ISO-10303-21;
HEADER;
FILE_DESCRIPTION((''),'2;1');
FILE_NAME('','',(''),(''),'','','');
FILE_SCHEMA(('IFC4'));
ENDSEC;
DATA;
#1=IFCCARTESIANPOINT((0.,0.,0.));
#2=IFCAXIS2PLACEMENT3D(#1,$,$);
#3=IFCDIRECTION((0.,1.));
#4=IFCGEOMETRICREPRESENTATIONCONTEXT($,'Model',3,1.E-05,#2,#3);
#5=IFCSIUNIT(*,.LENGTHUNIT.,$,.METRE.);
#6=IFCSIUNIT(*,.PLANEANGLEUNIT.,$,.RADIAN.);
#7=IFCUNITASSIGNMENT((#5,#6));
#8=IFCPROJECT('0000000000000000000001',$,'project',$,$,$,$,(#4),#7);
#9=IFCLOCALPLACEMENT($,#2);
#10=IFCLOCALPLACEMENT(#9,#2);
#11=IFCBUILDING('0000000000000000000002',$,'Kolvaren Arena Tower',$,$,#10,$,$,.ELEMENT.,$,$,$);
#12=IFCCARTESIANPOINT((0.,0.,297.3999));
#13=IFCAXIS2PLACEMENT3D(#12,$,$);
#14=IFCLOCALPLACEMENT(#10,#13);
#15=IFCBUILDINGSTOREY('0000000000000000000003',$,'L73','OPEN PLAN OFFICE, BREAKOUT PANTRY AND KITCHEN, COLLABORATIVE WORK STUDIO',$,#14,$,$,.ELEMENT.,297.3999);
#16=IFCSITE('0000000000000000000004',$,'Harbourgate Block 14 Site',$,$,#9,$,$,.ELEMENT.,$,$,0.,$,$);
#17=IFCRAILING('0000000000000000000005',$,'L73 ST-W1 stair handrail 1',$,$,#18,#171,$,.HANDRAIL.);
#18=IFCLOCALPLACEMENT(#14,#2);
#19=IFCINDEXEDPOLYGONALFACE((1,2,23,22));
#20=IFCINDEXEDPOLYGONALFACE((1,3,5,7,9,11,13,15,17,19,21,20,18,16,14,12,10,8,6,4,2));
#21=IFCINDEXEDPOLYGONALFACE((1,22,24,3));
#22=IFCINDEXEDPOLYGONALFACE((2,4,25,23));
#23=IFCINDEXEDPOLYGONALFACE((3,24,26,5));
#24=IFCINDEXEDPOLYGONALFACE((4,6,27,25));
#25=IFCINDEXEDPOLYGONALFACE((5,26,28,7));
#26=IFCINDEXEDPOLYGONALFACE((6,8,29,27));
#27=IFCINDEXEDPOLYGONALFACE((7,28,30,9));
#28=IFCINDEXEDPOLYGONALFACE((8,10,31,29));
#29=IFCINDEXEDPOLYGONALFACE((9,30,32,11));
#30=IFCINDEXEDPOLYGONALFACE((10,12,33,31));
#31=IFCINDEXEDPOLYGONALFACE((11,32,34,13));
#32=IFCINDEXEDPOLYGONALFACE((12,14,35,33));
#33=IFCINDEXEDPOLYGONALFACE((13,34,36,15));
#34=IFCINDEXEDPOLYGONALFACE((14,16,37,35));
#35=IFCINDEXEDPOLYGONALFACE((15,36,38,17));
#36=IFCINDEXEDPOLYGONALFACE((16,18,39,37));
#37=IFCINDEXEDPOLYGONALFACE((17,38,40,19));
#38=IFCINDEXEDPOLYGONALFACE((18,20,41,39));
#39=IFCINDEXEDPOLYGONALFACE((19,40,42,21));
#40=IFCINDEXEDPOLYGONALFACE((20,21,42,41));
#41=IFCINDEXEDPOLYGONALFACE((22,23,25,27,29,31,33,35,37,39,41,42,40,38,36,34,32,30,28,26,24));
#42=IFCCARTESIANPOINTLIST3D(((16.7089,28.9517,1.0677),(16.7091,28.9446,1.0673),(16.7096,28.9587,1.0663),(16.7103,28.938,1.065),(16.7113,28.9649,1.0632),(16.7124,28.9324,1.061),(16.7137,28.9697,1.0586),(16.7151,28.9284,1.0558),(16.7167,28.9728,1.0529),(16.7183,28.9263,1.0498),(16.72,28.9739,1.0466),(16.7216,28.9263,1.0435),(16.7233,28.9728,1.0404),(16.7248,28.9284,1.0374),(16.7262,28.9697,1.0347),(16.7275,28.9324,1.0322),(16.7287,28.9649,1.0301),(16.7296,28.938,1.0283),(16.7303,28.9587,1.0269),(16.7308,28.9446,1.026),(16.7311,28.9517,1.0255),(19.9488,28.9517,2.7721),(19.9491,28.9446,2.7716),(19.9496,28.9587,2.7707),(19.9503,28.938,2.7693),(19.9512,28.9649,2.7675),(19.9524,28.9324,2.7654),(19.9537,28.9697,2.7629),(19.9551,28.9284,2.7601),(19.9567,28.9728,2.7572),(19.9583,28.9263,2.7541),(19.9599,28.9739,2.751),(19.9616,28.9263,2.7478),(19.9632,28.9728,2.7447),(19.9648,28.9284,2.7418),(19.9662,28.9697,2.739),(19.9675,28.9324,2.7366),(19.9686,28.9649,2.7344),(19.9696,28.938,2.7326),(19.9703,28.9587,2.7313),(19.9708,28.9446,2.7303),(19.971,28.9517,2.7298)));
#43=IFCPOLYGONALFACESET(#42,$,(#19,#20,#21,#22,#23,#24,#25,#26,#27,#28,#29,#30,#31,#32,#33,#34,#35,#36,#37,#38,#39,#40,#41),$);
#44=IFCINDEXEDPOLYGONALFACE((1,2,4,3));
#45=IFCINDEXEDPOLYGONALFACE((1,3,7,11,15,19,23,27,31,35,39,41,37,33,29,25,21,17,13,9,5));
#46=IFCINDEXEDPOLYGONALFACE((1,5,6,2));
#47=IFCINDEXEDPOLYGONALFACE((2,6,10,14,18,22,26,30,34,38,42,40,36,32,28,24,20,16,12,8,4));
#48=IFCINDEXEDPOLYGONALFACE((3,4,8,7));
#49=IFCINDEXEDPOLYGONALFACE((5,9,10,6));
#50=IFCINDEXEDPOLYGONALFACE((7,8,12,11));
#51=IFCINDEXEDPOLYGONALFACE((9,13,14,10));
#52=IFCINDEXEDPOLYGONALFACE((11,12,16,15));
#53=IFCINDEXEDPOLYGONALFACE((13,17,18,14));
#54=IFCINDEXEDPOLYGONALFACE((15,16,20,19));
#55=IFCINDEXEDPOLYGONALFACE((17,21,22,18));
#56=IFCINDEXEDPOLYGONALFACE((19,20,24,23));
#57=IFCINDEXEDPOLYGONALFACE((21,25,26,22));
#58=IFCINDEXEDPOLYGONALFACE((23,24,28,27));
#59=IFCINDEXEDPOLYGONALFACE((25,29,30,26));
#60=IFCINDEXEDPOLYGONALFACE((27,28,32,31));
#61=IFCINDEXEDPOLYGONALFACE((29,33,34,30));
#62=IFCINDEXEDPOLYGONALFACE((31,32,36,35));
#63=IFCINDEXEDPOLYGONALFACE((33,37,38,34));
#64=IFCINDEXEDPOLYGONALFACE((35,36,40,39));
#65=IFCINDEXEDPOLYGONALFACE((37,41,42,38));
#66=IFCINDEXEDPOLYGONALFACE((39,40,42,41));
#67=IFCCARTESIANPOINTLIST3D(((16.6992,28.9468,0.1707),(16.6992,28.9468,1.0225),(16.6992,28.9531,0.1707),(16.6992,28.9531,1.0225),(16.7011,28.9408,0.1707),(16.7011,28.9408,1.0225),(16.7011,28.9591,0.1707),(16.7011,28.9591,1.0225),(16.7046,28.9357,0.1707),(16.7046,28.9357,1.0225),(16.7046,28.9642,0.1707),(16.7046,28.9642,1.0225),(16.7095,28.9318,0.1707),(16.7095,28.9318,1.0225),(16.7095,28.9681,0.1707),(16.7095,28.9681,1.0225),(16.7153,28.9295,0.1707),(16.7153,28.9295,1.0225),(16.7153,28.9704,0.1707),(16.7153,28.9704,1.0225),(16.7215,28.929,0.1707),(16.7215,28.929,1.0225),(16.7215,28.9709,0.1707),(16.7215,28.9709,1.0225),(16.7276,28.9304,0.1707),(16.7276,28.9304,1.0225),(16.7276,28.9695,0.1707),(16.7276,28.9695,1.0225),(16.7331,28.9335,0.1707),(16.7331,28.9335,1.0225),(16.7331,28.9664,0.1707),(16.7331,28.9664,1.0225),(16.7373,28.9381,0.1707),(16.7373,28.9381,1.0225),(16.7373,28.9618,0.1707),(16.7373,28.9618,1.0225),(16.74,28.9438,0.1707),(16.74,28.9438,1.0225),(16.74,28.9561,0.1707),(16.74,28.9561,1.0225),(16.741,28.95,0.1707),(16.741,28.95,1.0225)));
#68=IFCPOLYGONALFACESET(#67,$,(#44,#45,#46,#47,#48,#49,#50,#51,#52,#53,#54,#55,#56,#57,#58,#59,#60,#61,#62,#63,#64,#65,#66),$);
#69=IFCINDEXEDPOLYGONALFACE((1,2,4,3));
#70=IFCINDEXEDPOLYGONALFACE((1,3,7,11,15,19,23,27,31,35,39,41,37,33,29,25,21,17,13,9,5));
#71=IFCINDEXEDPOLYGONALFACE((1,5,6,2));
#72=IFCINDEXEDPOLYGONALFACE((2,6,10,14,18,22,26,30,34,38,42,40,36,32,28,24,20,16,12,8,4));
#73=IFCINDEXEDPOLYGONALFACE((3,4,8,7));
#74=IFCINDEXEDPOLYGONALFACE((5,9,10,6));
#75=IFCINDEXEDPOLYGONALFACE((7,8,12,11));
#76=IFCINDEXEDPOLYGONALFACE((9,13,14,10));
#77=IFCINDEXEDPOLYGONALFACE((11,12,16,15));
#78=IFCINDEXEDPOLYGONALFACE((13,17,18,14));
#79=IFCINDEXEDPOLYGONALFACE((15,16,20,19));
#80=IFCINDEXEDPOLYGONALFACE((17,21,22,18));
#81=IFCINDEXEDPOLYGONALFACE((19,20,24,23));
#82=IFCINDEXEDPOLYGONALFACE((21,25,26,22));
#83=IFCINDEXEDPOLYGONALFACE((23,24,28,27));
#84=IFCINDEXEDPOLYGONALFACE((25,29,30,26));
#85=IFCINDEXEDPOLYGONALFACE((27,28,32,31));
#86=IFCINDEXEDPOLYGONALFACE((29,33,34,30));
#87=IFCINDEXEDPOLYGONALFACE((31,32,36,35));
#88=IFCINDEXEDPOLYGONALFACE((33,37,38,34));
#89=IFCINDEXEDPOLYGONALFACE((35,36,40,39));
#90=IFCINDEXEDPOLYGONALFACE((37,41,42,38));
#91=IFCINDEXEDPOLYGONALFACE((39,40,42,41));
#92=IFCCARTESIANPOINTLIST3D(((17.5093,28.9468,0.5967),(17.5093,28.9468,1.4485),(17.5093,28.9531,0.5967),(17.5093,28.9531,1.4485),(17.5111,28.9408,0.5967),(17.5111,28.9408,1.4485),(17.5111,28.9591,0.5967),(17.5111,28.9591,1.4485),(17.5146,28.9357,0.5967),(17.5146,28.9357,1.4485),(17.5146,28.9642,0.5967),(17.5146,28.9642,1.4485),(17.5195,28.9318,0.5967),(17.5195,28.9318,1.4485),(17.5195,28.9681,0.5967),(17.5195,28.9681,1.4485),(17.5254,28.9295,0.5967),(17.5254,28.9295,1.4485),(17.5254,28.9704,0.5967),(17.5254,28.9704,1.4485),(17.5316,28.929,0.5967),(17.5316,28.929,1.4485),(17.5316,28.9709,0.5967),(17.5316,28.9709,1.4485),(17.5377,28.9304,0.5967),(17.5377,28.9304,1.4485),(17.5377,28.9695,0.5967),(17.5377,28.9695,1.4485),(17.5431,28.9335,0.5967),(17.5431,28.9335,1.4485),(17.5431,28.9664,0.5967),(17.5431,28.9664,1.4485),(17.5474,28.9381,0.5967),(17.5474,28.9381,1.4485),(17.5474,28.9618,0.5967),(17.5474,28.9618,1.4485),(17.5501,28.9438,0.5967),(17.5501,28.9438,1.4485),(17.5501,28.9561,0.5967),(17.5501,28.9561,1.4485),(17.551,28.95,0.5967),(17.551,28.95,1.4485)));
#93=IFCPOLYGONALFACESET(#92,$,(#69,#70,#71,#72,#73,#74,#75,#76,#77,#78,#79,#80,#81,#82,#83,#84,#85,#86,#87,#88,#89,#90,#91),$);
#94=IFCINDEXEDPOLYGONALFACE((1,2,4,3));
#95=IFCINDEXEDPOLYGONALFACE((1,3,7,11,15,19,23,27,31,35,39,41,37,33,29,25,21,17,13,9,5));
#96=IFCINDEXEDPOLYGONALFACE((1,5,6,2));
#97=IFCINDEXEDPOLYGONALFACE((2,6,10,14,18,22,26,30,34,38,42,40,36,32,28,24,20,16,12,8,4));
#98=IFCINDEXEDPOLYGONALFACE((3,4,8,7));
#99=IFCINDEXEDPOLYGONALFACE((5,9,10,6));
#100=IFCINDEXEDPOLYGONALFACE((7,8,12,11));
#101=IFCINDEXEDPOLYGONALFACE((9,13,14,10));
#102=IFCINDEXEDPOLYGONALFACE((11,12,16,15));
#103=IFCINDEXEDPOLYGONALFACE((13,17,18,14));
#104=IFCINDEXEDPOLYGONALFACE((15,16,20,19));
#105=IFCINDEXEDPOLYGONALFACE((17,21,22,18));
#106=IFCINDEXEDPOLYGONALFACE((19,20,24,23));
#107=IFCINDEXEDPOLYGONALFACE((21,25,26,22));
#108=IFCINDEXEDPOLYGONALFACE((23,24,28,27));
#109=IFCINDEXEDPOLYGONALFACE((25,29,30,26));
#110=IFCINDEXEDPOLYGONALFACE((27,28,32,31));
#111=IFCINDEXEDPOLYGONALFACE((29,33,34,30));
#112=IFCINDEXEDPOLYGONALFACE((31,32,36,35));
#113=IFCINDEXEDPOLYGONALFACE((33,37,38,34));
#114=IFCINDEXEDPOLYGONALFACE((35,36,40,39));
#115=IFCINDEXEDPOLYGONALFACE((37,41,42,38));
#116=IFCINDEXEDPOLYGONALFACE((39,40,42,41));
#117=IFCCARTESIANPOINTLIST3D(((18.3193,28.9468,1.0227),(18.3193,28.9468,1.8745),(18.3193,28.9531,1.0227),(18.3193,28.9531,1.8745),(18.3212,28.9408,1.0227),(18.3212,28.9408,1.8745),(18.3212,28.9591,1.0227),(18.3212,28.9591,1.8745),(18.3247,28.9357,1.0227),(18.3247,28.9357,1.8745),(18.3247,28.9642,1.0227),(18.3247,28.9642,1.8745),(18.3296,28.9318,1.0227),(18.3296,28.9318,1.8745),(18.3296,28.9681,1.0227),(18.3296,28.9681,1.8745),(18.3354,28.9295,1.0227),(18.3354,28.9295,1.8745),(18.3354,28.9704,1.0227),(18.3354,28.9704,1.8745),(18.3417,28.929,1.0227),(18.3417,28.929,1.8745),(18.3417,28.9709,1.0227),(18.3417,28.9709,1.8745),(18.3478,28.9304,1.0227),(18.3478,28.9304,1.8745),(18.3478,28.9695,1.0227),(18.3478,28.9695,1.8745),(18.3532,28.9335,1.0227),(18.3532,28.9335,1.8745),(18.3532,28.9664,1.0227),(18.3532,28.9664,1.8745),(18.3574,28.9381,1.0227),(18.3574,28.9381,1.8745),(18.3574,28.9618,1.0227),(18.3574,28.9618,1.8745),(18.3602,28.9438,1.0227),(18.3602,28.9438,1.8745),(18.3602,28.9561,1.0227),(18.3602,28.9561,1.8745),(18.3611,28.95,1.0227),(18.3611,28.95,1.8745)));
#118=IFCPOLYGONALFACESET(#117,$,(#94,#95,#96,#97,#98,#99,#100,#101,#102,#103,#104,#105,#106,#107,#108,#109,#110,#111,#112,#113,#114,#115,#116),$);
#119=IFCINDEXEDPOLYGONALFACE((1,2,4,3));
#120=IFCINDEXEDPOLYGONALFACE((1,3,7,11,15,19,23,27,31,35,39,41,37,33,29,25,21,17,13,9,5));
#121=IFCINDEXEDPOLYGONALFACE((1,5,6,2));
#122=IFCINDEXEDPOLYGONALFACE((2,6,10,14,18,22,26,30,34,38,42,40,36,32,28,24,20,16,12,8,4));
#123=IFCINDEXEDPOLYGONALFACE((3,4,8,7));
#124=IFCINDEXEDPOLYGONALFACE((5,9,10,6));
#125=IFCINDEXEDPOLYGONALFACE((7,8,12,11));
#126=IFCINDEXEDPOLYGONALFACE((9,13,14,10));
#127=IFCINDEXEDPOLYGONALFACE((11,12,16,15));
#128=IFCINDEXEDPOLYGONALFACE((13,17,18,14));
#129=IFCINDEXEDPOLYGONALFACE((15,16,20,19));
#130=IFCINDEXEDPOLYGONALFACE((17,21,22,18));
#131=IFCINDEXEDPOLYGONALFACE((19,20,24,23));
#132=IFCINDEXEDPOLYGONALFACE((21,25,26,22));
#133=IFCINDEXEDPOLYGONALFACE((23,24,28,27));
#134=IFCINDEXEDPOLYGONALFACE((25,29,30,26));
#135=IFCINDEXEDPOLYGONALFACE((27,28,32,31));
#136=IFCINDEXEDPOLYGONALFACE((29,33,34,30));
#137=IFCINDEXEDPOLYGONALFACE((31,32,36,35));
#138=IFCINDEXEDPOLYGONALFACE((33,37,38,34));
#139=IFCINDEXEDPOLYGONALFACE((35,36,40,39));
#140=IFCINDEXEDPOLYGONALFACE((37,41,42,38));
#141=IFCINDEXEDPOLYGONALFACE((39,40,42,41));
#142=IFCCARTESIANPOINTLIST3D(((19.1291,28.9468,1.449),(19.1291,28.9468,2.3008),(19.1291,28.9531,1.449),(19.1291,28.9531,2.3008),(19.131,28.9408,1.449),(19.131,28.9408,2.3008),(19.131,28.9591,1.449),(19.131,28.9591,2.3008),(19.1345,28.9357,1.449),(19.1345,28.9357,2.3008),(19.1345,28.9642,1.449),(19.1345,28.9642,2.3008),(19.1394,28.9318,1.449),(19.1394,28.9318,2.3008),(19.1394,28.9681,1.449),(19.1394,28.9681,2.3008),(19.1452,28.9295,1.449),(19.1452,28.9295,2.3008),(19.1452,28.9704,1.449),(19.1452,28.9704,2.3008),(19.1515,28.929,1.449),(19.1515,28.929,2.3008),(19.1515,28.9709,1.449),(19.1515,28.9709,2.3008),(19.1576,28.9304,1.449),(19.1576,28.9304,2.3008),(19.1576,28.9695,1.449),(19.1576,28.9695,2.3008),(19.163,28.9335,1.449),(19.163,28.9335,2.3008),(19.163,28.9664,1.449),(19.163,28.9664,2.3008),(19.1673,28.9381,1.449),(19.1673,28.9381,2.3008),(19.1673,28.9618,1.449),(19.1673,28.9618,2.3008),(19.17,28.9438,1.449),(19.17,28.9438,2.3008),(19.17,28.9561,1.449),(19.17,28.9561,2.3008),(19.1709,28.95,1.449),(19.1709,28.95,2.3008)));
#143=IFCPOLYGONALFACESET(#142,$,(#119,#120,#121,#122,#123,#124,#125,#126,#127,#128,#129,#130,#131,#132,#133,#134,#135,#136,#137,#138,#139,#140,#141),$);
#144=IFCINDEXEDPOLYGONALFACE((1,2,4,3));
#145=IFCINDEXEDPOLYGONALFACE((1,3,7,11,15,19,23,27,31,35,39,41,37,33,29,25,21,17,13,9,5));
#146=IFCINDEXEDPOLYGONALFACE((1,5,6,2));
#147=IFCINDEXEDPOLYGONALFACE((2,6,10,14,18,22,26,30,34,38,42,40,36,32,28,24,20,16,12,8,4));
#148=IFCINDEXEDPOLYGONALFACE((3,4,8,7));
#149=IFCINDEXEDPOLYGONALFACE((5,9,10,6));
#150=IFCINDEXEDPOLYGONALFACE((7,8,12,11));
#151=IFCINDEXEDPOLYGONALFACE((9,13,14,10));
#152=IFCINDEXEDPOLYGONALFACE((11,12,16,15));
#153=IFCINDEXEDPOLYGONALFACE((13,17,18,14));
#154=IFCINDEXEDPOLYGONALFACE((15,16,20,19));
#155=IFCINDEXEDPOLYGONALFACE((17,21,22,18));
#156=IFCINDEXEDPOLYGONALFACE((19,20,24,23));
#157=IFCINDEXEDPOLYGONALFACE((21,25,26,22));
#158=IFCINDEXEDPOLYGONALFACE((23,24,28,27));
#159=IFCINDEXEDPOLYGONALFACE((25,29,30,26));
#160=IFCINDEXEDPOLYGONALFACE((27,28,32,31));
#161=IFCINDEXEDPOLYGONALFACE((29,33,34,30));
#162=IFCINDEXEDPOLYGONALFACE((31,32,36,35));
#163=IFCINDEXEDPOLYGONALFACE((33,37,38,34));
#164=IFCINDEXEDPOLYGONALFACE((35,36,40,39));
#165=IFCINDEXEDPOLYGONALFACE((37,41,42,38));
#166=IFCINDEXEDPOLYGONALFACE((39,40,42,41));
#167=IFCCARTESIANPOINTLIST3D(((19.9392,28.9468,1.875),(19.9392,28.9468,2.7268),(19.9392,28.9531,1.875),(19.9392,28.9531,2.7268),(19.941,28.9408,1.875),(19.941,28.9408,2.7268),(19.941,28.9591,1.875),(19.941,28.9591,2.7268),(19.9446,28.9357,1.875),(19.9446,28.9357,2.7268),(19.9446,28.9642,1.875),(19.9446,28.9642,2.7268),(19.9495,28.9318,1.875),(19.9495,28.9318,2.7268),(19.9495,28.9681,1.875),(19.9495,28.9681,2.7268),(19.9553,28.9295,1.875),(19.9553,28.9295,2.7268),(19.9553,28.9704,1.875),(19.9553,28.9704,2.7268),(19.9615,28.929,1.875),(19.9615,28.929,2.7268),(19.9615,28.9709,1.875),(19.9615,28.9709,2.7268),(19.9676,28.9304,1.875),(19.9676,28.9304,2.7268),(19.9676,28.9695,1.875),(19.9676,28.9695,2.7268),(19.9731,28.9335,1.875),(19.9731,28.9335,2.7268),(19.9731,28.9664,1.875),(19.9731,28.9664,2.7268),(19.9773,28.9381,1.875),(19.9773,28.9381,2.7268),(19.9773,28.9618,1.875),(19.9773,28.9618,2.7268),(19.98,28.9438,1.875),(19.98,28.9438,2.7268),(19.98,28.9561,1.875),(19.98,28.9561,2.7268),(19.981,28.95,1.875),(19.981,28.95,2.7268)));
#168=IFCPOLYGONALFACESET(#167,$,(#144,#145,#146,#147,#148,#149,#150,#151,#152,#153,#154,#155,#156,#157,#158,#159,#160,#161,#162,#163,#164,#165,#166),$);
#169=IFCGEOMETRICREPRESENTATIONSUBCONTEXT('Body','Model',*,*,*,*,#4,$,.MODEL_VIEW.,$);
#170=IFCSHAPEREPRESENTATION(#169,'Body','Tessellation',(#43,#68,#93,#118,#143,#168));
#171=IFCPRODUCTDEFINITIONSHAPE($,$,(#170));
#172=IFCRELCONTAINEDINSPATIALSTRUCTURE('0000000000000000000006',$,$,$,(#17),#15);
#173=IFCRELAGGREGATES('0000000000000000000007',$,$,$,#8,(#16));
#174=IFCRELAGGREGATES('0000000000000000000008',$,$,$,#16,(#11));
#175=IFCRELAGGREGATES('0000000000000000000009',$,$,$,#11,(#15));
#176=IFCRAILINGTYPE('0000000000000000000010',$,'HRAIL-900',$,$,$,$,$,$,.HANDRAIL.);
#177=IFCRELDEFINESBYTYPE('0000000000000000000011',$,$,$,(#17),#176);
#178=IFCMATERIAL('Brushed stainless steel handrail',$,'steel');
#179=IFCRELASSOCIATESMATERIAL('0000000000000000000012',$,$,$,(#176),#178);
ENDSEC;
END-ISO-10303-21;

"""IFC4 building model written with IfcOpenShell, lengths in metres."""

from ifc_helpers import new_model, si_unit, direction, frame, origin, origin_2d, place, context, subcontext, project, spatial, circle, extrude, material, type_object, element, save


model = new_model("IFC4")

# Units and contexts
model_context = context("Model", 3, precision=1e-05, world=origin(), true_north=direction((0.0, 1.0)))
body_context = subcontext(model_context, "Body", "Model", "MODEL_VIEW")
ifc_project = project(units=[si_unit("LENGTHUNIT", "METRE"), si_unit("PLANEANGLEUNIT", "RADIAN")], contexts=[model_context])

# Site, building, storey
site_placement = place(None, origin())
site = spatial("IfcSite", under=ifc_project, at=site_placement, Name="Harbourgate Block 14 Site", CompositionType="ELEMENT", RefElevation=0.0)
building_placement = place(site_placement, origin())
building = spatial("IfcBuilding", under=site, at=building_placement, Name="Kolvaren Arena Tower", CompositionType="ELEMENT")
storey_placement = place(building_placement, frame((0.0, 0.0, 297.3999)))
storey = spatial("IfcBuildingStorey", under=building, at=storey_placement, Name="L73", Description="OPEN PLAN OFFICE, BREAKOUT PANTRY AND KITCHEN, COLLABORATIVE WORK STUDIO", CompositionType="ELEMENT", Elevation=297.3999)

# Railing
ifc_material_1 = material(Name="Brushed stainless steel handrail", Category="steel")
railing_type_1 = type_object("IfcRailingType", Name="HRAIL-900", PredefinedType="HANDRAIL", material=ifc_material_1)
railing_1_placement = place(storey_placement, frame((16.72, 28.95, 0.1707)))
element("IfcRailing", 1, at=railing_1_placement, inside=storey, type_object=railing_type_1, Name="L73 ST-W1 stair handrail 1", PredefinedType="HANDRAIL", context=body_context, shape_type="SweptSolid", body=[
    extrude(circle(Radius=0.0239, at=origin_2d()), frame((0.0, 0.0, 0.876), z_axis=(0.885021, 0.0, 0.465551), x_axis=(0.0, 1.0, 0.0)), (0.0, 0.0, 1.0), 3.6609),
    extrude(circle(Radius=0.021, at=origin_2d()), origin(), (0.0, 0.0, 1.0), 0.8518),
    extrude(circle(Radius=0.021, at=origin_2d()), frame((0.8101, 0.0, 0.426)), (0.0, 0.0, 1.0), 0.8518),
    extrude(circle(Radius=0.021, at=origin_2d()), frame((1.6201, 0.0, 0.8521)), (0.0, 0.0, 1.0), 0.8518),
    extrude(circle(Radius=0.021, at=origin_2d()), frame((2.4299, 0.0, 1.2783)), (0.0, 0.0, 1.0), 0.8518),
    extrude(circle(Radius=0.021, at=origin_2d()), frame((3.24, 0.0, 1.7043)), (0.0, 0.0, 1.0), 0.8518),
])

save(model, "model.ifc")
